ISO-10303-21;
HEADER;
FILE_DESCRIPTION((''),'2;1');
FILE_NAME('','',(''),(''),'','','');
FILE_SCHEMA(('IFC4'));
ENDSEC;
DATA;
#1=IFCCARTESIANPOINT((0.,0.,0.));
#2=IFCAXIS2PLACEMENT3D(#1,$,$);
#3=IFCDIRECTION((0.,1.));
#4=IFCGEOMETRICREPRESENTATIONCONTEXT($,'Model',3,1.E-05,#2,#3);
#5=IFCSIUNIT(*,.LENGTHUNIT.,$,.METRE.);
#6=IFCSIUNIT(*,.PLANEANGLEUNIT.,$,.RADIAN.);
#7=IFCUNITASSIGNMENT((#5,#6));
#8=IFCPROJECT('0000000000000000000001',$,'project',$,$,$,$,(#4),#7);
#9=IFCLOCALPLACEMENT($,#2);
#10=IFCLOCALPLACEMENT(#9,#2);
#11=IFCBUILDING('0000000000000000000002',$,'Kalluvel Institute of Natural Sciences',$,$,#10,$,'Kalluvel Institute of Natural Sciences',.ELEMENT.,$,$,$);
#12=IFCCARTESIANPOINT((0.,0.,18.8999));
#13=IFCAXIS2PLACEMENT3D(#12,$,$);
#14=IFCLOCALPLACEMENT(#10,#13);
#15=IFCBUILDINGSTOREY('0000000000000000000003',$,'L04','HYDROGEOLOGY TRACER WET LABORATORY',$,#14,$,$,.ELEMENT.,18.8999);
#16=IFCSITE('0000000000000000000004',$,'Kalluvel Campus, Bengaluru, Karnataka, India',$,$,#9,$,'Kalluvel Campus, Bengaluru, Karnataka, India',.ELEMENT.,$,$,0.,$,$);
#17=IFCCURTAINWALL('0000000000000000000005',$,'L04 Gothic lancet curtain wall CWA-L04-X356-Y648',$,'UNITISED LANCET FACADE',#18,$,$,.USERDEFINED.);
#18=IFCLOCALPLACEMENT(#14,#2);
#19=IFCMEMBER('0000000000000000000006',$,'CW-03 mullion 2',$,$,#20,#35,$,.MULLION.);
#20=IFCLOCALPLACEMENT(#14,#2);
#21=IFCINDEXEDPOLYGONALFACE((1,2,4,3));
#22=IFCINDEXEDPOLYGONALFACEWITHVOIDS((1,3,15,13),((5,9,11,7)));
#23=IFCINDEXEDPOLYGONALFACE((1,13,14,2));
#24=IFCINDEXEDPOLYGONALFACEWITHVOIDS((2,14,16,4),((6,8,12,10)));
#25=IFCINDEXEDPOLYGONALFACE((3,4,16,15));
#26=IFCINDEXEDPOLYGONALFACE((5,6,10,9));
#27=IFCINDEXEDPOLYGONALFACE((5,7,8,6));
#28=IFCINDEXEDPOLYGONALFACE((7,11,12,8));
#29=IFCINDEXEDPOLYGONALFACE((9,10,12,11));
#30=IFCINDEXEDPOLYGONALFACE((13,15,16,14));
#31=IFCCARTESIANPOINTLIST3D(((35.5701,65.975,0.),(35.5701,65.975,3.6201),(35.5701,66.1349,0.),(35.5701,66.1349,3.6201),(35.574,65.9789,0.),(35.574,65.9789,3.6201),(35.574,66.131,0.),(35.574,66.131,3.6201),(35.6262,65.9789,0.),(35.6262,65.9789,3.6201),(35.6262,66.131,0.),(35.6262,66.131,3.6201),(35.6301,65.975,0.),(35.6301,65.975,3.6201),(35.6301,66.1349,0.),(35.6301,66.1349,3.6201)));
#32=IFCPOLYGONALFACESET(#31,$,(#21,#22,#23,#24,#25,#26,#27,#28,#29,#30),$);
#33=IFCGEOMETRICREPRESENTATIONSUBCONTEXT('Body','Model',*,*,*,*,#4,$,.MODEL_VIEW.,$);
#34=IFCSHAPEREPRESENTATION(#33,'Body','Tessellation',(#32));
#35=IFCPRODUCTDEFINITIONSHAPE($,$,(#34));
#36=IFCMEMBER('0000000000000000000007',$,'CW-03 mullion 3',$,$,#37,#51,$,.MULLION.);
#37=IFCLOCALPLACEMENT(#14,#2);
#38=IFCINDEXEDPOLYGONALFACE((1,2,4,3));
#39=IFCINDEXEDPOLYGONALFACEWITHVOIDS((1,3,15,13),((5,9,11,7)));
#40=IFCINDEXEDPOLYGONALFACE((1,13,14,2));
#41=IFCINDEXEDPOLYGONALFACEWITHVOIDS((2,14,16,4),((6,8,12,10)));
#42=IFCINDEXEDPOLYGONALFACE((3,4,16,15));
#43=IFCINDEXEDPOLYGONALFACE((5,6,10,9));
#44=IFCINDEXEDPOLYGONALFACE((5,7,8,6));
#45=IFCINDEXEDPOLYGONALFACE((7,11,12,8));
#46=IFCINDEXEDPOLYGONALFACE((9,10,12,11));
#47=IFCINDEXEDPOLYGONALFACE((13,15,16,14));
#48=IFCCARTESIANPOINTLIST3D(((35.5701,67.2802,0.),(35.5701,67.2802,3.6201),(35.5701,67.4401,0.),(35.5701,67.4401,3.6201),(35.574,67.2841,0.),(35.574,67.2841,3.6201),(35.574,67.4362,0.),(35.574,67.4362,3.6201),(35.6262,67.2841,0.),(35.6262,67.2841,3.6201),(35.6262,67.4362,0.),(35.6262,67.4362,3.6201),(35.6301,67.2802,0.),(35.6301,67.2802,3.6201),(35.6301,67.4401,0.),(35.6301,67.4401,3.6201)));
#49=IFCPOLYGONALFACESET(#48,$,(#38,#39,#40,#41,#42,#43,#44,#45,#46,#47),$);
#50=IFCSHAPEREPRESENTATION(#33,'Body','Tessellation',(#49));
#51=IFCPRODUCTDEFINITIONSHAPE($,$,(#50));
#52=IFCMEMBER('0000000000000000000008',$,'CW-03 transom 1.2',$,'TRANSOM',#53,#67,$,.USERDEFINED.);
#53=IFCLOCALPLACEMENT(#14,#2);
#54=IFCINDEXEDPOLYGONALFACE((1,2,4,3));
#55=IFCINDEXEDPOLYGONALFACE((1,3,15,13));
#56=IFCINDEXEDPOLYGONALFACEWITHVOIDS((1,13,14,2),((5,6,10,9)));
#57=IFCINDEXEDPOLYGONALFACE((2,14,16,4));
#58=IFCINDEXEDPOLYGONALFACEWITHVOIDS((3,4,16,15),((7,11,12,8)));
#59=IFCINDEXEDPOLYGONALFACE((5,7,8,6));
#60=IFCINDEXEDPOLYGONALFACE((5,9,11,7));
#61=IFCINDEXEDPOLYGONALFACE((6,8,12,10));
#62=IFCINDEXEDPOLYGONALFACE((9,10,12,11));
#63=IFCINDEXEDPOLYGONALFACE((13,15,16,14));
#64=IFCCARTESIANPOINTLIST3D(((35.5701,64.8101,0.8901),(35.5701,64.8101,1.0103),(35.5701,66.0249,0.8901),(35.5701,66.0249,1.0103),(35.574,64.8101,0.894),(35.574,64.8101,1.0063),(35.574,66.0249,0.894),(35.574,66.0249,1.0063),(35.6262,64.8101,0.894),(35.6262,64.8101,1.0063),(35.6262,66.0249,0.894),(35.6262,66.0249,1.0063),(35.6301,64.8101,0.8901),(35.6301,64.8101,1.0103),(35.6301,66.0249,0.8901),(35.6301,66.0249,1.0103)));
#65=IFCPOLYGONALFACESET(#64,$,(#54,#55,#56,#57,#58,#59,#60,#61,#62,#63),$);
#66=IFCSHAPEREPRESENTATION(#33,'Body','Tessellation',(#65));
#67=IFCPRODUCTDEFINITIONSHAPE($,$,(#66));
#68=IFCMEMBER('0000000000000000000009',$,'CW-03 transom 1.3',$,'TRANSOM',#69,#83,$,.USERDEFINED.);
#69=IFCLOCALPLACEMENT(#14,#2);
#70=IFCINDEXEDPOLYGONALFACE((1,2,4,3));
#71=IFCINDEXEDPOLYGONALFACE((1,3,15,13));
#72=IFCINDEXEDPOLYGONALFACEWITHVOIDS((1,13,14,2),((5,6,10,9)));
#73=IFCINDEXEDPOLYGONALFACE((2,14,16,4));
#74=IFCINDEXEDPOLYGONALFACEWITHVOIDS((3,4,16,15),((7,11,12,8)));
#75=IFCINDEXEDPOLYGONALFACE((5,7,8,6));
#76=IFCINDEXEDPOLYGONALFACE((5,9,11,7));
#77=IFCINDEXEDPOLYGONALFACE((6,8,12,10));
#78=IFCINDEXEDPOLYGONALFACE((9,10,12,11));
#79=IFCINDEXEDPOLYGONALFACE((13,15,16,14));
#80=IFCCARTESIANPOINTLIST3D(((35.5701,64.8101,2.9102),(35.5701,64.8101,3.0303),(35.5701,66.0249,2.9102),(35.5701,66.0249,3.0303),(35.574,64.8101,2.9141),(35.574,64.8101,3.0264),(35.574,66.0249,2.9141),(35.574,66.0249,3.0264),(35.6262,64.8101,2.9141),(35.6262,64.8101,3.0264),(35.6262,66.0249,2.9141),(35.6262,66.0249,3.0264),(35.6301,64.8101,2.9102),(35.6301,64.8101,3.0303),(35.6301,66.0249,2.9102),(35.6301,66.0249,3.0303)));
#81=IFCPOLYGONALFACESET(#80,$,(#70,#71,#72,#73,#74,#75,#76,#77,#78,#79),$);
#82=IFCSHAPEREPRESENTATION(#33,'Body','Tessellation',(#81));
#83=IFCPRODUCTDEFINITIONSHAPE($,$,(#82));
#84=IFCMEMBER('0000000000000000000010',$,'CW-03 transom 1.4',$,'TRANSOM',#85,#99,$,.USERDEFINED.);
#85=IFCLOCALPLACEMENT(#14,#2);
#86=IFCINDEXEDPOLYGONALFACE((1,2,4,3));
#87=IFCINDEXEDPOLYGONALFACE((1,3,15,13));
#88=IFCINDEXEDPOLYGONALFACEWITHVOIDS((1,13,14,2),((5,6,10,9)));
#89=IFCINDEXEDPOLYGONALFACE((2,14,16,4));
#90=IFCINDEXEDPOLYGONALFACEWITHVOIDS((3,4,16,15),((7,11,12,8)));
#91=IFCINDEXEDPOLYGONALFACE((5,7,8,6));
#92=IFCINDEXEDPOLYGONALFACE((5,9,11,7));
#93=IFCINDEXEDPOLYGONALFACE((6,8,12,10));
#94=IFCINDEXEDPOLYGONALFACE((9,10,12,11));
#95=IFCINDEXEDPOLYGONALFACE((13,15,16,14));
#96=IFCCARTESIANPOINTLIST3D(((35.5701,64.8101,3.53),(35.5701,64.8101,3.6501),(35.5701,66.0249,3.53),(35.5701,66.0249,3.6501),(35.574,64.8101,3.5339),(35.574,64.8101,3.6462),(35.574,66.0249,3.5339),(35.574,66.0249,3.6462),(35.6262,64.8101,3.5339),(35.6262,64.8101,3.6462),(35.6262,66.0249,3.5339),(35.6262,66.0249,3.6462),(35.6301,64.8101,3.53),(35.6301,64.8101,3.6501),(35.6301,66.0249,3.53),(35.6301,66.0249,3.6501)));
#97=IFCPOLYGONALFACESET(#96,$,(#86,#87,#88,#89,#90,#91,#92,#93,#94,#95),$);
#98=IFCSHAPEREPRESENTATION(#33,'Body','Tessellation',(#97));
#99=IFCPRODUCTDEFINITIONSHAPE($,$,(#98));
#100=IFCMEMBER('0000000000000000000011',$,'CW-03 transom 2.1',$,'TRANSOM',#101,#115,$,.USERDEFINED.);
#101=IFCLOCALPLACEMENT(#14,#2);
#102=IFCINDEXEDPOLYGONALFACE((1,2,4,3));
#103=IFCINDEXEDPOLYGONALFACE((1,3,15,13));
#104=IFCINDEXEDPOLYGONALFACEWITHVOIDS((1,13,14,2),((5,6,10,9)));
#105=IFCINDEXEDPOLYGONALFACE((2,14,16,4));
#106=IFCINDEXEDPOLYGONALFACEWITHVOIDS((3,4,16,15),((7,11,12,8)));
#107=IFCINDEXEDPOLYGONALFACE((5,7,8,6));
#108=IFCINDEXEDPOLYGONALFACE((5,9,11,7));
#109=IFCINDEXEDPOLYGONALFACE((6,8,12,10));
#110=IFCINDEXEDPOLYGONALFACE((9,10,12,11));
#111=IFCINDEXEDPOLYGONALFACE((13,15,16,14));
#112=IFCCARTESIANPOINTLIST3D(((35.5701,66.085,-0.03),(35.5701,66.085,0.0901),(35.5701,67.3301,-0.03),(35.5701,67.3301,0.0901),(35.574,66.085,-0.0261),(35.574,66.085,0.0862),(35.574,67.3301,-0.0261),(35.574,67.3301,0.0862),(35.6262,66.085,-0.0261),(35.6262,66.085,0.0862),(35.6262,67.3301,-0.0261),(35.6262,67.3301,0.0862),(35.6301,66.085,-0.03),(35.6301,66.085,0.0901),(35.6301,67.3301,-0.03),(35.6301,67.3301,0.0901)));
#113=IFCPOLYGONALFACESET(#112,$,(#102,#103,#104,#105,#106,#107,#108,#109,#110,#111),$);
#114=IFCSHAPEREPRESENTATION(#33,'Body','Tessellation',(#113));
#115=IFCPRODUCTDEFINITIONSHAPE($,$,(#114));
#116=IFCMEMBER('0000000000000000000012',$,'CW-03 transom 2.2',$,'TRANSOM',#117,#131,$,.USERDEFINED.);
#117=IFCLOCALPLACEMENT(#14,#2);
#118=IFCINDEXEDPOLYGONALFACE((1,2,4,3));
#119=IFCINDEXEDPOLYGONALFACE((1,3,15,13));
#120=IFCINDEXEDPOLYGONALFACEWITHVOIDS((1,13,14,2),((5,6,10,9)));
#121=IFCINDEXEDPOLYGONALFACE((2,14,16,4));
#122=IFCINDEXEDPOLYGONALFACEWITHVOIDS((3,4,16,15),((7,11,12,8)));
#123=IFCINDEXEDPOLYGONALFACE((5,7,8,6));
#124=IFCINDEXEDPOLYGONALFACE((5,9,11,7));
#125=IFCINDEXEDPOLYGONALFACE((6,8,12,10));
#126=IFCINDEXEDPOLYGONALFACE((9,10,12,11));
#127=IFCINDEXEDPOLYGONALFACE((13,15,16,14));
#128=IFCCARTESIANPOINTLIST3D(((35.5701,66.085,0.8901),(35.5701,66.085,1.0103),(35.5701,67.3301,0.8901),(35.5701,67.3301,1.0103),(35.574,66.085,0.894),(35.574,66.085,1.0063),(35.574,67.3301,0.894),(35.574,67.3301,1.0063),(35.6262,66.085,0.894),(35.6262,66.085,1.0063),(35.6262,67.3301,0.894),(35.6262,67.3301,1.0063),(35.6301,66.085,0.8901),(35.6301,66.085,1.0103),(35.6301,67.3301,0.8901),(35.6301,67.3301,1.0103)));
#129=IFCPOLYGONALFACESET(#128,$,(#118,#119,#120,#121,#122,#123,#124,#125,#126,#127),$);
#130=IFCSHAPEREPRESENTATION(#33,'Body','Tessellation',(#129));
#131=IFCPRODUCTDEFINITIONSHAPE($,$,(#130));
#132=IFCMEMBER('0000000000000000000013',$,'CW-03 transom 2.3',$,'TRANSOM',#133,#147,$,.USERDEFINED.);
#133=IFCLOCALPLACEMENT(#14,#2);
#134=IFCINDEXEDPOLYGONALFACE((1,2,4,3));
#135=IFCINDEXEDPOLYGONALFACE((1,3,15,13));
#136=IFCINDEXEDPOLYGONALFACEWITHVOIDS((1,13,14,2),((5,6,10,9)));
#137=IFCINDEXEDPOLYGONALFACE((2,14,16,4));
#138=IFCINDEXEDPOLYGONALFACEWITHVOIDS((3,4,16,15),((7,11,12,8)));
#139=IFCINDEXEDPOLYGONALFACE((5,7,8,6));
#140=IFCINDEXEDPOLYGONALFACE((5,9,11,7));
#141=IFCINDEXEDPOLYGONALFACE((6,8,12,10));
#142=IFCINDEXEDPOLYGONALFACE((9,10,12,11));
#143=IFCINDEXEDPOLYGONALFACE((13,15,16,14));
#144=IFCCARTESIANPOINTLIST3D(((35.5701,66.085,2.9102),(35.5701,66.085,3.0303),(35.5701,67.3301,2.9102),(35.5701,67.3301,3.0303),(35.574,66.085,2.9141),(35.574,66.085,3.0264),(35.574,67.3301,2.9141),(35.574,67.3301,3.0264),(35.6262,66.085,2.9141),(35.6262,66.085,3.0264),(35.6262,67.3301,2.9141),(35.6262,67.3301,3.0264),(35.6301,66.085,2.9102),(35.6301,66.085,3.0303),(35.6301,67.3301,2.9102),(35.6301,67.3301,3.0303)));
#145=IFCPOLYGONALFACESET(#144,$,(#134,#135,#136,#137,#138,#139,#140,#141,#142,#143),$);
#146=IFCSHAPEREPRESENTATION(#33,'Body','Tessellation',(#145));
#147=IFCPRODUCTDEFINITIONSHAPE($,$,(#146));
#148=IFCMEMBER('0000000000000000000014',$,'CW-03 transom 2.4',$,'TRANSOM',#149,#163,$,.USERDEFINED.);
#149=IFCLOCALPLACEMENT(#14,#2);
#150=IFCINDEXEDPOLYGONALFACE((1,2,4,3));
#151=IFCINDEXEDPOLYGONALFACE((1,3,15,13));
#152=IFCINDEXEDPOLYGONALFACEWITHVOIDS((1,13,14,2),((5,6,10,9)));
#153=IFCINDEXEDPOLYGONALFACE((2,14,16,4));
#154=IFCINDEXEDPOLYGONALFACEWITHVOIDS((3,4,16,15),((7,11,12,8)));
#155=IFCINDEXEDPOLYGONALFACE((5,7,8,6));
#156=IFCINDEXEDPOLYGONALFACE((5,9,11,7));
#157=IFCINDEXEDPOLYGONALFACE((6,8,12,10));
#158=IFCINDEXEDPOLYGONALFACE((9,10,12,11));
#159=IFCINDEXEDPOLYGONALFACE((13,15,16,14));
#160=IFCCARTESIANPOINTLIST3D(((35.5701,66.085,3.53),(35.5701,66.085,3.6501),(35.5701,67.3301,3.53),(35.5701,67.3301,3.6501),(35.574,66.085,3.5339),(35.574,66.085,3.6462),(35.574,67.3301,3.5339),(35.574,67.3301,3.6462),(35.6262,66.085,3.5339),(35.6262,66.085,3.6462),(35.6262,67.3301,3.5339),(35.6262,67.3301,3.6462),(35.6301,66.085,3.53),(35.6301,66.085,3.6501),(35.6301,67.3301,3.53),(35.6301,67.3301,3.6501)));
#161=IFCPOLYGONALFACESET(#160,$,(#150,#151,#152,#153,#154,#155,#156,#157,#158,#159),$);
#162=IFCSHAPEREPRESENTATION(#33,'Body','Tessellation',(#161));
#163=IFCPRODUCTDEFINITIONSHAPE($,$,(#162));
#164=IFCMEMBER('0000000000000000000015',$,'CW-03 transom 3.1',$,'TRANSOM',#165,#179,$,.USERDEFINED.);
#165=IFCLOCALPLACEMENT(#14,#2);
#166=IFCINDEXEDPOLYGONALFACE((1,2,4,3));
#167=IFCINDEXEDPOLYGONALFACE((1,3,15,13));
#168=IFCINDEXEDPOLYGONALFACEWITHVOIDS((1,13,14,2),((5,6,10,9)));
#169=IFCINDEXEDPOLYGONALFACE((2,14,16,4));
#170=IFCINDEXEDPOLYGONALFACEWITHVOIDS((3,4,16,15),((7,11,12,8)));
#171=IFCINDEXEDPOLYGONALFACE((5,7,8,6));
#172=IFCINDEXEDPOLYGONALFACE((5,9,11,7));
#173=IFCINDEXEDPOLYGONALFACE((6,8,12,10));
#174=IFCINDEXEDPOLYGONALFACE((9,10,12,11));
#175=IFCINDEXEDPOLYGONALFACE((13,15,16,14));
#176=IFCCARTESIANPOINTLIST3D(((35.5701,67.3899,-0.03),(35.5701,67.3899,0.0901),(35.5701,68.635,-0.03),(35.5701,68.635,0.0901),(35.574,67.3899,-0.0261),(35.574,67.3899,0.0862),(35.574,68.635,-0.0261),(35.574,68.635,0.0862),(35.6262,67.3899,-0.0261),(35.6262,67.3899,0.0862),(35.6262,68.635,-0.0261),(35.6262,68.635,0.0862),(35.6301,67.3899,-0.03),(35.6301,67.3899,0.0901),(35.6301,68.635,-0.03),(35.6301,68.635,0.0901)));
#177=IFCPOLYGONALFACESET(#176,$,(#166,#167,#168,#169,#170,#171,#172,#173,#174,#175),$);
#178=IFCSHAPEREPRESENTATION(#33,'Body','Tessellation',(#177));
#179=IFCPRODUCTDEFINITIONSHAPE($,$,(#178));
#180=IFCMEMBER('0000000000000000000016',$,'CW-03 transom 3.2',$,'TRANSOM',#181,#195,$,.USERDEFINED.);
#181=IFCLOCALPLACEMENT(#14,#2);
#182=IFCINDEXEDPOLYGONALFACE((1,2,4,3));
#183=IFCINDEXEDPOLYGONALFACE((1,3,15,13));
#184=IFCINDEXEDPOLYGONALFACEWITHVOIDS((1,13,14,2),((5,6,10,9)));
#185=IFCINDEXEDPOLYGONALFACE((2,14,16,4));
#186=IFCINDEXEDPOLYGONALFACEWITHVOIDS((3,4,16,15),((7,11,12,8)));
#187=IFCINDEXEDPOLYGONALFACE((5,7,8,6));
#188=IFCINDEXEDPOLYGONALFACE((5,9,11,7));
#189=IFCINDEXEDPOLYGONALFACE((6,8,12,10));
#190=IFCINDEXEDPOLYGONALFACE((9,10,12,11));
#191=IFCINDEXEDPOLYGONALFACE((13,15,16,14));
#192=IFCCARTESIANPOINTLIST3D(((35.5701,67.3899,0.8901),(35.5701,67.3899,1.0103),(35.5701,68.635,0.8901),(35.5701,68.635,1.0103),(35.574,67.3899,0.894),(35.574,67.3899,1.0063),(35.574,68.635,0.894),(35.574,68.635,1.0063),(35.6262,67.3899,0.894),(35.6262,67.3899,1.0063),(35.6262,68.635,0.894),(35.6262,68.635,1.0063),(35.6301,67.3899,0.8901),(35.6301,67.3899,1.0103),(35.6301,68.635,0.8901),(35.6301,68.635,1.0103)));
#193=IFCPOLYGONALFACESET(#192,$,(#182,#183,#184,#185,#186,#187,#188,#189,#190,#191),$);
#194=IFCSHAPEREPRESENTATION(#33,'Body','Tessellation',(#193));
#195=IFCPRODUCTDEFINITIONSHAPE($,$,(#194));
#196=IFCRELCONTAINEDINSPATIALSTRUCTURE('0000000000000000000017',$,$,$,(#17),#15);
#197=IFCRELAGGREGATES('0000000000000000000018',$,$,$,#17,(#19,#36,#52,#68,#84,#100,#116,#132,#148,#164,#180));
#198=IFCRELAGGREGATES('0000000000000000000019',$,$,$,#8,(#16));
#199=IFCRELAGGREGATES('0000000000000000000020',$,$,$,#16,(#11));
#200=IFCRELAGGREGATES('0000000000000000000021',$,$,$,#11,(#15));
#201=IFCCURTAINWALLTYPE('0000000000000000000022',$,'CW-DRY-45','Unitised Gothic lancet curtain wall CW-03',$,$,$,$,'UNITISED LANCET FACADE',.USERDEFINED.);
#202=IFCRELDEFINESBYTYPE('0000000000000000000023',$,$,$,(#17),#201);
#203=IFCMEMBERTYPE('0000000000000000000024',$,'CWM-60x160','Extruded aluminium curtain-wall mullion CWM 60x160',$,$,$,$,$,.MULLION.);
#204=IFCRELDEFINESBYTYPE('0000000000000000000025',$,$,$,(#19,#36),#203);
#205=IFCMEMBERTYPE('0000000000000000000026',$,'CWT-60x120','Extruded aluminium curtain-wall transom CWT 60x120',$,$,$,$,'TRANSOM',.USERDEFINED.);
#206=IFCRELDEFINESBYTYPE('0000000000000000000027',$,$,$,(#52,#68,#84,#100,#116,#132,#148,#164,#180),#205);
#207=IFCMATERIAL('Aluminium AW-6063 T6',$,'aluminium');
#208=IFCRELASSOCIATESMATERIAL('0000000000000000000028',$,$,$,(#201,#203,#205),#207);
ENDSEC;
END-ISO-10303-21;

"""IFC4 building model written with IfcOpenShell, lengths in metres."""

from ifc_helpers import new_model, si_unit, direction, frame, origin, origin_2d, place, context, subcontext, project, spatial, hollow_rectangle, extrude, material, material_profile, profile_set, type_object, element, aggregate, save


model = new_model("IFC4")

# Units and contexts
model_context = context("Model", 3, precision=1e-05, world=origin(), true_north=direction((0.0, 1.0)))
body_context = subcontext(model_context, "Body", "Model", "MODEL_VIEW")
ifc_project = project(units=[si_unit("LENGTHUNIT", "METRE"), si_unit("PLANEANGLEUNIT", "RADIAN")], contexts=[model_context])

# Site, building, storey
site_placement = place(None, origin())
site = spatial("IfcSite", under=ifc_project, at=site_placement, Name="Kalluvel Campus, Bengaluru, Karnataka, India", LongName="Kalluvel Campus, Bengaluru, Karnataka, India", CompositionType="ELEMENT", RefElevation=0.0)
building_placement = place(site_placement, origin())
building = spatial("IfcBuilding", under=site, at=building_placement, Name="Kalluvel Institute of Natural Sciences", LongName="Kalluvel Institute of Natural Sciences", CompositionType="ELEMENT")
storey_placement = place(building_placement, frame((0.0, 0.0, 18.8999)))
storey = spatial("IfcBuildingStorey", under=building, at=storey_placement, Name="L04", Description="HYDROGEOLOGY TRACER WET LABORATORY", CompositionType="ELEMENT", Elevation=18.8999)

# Curtain wall, members
ifc_material_1 = material(Name="Aluminium AW-6063 T6", Category="aluminium")
curtain_wall_type = type_object("IfcCurtainWallType", Name="CW-DRY-45", Description="Unitised Gothic lancet curtain wall CW-03", ElementType="UNITISED LANCET FACADE", PredefinedType="USERDEFINED", material=ifc_material_1)
curtain_wall_placement = place(storey_placement, origin())
curtain_wall = element("IfcCurtainWall", 1, at=curtain_wall_placement, inside=storey, type_object=curtain_wall_type, Name="L04 Gothic lancet curtain wall CWA-L04-X356-Y648", ObjectType="UNITISED LANCET FACADE", PredefinedType="USERDEFINED")
ifc_material_profile_1 = material_profile(ifc_material_1, hollow_rectangle(XDim=0.0601, YDim=0.1599, WallThickness=0.0039, at=origin_2d()), Name="CWM 60x160")
ifc_profile_set_1 = profile_set([ifc_material_profile_1], Name="Aluminium AW-6063 T6")
member_type_1 = type_object("IfcMemberType", Name="CWM-60x160", Description="Extruded aluminium curtain-wall mullion CWM 60x160", PredefinedType="MULLION", material=ifc_profile_set_1)
member_1_placement = place(storey_placement, frame((35.6001, 66.0549, 0.0), z_axis=(0.0, 0.0, 1.0), x_axis=(-1.0, 0.0, 0.0)))
member_1 = element("IfcMember", 2, at=member_1_placement, type_object=member_type_1, Name="CW-03 mullion 2", PredefinedType="MULLION", context=body_context, shape_type="SweptSolid", body=[
    extrude(hollow_rectangle(XDim=0.0601, YDim=0.1599, WallThickness=0.0039, at=origin_2d()), origin(), (0.0, 0.0, 1.0), 3.6201),
])
member_2_placement = place(storey_placement, frame((35.6001, 67.3601, 0.0), z_axis=(0.0, 0.0, 1.0), x_axis=(-1.0, 0.0, 0.0)))
member_2 = element("IfcMember", 3, at=member_2_placement, type_object=member_type_1, Name="CW-03 mullion 3", PredefinedType="MULLION", context=body_context, shape_type="SweptSolid", body=[
    extrude(hollow_rectangle(XDim=0.0601, YDim=0.1599, WallThickness=0.0039, at=origin_2d()), origin(), (0.0, 0.0, 1.0), 3.6201),
])
ifc_material_profile_2 = material_profile(ifc_material_1, hollow_rectangle(XDim=0.0601, YDim=0.1201, WallThickness=0.0039, at=origin_2d()), Name="CWT 60x120")
ifc_profile_set_2 = profile_set([ifc_material_profile_2], Name="Aluminium AW-6063 T6")
member_type_2 = type_object("IfcMemberType", Name="CWT-60x120", Description="Extruded aluminium curtain-wall transom CWT 60x120", ElementType="TRANSOM", PredefinedType="USERDEFINED", material=ifc_profile_set_2)
member_3_placement = place(storey_placement, frame((35.6001, 64.8101, 0.9502), z_axis=(0.0, 1.0, 0.0), x_axis=(-1.0, 0.0, 0.0)))
member_3 = element("IfcMember", 4, at=member_3_placement, type_object=member_type_2, Name="CW-03 transom 1.2", ObjectType="TRANSOM", PredefinedType="USERDEFINED", context=body_context, shape_type="SweptSolid", body=[
    extrude(hollow_rectangle(XDim=0.0601, YDim=0.1201, WallThickness=0.0039, at=origin_2d()), origin(), (0.0, 0.0, 1.0), 1.2148),
])
member_4_placement = place(storey_placement, frame((35.6001, 64.8101, 2.9702), z_axis=(0.0, 1.0, 0.0), x_axis=(-1.0, 0.0, 0.0)))
member_4 = element("IfcMember", 5, at=member_4_placement, type_object=member_type_2, Name="CW-03 transom 1.3", ObjectType="TRANSOM", PredefinedType="USERDEFINED", context=body_context, shape_type="SweptSolid", body=[
    extrude(hollow_rectangle(XDim=0.0601, YDim=0.1201, WallThickness=0.0039, at=origin_2d()), origin(), (0.0, 0.0, 1.0), 1.2148),
])
member_5_placement = place(storey_placement, frame((35.6001, 64.8101, 3.5901), z_axis=(0.0, 1.0, 0.0), x_axis=(-1.0, 0.0, 0.0)))
member_5 = element("IfcMember", 6, at=member_5_placement, type_object=member_type_2, Name="CW-03 transom 1.4", ObjectType="TRANSOM", PredefinedType="USERDEFINED", context=body_context, shape_type="SweptSolid", body=[
    extrude(hollow_rectangle(XDim=0.0601, YDim=0.1201, WallThickness=0.0039, at=origin_2d()), origin(), (0.0, 0.0, 1.0), 1.2148),
])
member_6_placement = place(storey_placement, frame((35.6001, 66.085, 0.03), z_axis=(0.0, 1.0, 0.0), x_axis=(-1.0, 0.0, 0.0)))
member_6 = element("IfcMember", 7, at=member_6_placement, type_object=member_type_2, Name="CW-03 transom 2.1", ObjectType="TRANSOM", PredefinedType="USERDEFINED", context=body_context, shape_type="SweptSolid", body=[
    extrude(hollow_rectangle(XDim=0.0601, YDim=0.1201, WallThickness=0.0039, at=origin_2d()), origin(), (0.0, 0.0, 1.0), 1.2451),
])
member_7_placement = place(storey_placement, frame((35.6001, 66.085, 0.9502), z_axis=(0.0, 1.0, 0.0), x_axis=(-1.0, 0.0, 0.0)))
member_7 = element("IfcMember", 8, at=member_7_placement, type_object=member_type_2, Name="CW-03 transom 2.2", ObjectType="TRANSOM", PredefinedType="USERDEFINED", context=body_context, shape_type="SweptSolid", body=[
    extrude(hollow_rectangle(XDim=0.0601, YDim=0.1201, WallThickness=0.0039, at=origin_2d()), origin(), (0.0, 0.0, 1.0), 1.2451),
])
member_8_placement = place(storey_placement, frame((35.6001, 66.085, 2.9702), z_axis=(0.0, 1.0, 0.0), x_axis=(-1.0, 0.0, 0.0)))
member_8 = element("IfcMember", 9, at=member_8_placement, type_object=member_type_2, Name="CW-03 transom 2.3", ObjectType="TRANSOM", PredefinedType="USERDEFINED", context=body_context, shape_type="SweptSolid", body=[
    extrude(hollow_rectangle(XDim=0.0601, YDim=0.1201, WallThickness=0.0039, at=origin_2d()), origin(), (0.0, 0.0, 1.0), 1.2451),
])
member_9_placement = place(storey_placement, frame((35.6001, 66.085, 3.5901), z_axis=(0.0, 1.0, 0.0), x_axis=(-1.0, 0.0, 0.0)))
member_9 = element("IfcMember", 10, at=member_9_placement, type_object=member_type_2, Name="CW-03 transom 2.4", ObjectType="TRANSOM", PredefinedType="USERDEFINED", context=body_context, shape_type="SweptSolid", body=[
    extrude(hollow_rectangle(XDim=0.0601, YDim=0.1201, WallThickness=0.0039, at=origin_2d()), origin(), (0.0, 0.0, 1.0), 1.2451),
])
member_10_placement = place(storey_placement, frame((35.6001, 67.3899, 0.03), z_axis=(0.0, 1.0, 0.0), x_axis=(-1.0, 0.0, 0.0)))
member_10 = element("IfcMember", 11, at=member_10_placement, type_object=member_type_2, Name="CW-03 transom 3.1", ObjectType="TRANSOM", PredefinedType="USERDEFINED", context=body_context, shape_type="SweptSolid", body=[
    extrude(hollow_rectangle(XDim=0.0601, YDim=0.1201, WallThickness=0.0039, at=origin_2d()), origin(), (0.0, 0.0, 1.0), 1.2451),
])
member_11_placement = place(storey_placement, frame((35.6001, 67.3899, 0.9502), z_axis=(0.0, 1.0, 0.0), x_axis=(-1.0, 0.0, 0.0)))
member_11 = element("IfcMember", 12, at=member_11_placement, type_object=member_type_2, Name="CW-03 transom 3.2", ObjectType="TRANSOM", PredefinedType="USERDEFINED", context=body_context, shape_type="SweptSolid", body=[
    extrude(hollow_rectangle(XDim=0.0601, YDim=0.1201, WallThickness=0.0039, at=origin_2d()), origin(), (0.0, 0.0, 1.0), 1.2451),
])
aggregate(curtain_wall, [member_1, member_2, member_3, member_4, member_5, member_6, member_7, member_8, member_9, member_10, member_11])

save(model, "model.ifc")
